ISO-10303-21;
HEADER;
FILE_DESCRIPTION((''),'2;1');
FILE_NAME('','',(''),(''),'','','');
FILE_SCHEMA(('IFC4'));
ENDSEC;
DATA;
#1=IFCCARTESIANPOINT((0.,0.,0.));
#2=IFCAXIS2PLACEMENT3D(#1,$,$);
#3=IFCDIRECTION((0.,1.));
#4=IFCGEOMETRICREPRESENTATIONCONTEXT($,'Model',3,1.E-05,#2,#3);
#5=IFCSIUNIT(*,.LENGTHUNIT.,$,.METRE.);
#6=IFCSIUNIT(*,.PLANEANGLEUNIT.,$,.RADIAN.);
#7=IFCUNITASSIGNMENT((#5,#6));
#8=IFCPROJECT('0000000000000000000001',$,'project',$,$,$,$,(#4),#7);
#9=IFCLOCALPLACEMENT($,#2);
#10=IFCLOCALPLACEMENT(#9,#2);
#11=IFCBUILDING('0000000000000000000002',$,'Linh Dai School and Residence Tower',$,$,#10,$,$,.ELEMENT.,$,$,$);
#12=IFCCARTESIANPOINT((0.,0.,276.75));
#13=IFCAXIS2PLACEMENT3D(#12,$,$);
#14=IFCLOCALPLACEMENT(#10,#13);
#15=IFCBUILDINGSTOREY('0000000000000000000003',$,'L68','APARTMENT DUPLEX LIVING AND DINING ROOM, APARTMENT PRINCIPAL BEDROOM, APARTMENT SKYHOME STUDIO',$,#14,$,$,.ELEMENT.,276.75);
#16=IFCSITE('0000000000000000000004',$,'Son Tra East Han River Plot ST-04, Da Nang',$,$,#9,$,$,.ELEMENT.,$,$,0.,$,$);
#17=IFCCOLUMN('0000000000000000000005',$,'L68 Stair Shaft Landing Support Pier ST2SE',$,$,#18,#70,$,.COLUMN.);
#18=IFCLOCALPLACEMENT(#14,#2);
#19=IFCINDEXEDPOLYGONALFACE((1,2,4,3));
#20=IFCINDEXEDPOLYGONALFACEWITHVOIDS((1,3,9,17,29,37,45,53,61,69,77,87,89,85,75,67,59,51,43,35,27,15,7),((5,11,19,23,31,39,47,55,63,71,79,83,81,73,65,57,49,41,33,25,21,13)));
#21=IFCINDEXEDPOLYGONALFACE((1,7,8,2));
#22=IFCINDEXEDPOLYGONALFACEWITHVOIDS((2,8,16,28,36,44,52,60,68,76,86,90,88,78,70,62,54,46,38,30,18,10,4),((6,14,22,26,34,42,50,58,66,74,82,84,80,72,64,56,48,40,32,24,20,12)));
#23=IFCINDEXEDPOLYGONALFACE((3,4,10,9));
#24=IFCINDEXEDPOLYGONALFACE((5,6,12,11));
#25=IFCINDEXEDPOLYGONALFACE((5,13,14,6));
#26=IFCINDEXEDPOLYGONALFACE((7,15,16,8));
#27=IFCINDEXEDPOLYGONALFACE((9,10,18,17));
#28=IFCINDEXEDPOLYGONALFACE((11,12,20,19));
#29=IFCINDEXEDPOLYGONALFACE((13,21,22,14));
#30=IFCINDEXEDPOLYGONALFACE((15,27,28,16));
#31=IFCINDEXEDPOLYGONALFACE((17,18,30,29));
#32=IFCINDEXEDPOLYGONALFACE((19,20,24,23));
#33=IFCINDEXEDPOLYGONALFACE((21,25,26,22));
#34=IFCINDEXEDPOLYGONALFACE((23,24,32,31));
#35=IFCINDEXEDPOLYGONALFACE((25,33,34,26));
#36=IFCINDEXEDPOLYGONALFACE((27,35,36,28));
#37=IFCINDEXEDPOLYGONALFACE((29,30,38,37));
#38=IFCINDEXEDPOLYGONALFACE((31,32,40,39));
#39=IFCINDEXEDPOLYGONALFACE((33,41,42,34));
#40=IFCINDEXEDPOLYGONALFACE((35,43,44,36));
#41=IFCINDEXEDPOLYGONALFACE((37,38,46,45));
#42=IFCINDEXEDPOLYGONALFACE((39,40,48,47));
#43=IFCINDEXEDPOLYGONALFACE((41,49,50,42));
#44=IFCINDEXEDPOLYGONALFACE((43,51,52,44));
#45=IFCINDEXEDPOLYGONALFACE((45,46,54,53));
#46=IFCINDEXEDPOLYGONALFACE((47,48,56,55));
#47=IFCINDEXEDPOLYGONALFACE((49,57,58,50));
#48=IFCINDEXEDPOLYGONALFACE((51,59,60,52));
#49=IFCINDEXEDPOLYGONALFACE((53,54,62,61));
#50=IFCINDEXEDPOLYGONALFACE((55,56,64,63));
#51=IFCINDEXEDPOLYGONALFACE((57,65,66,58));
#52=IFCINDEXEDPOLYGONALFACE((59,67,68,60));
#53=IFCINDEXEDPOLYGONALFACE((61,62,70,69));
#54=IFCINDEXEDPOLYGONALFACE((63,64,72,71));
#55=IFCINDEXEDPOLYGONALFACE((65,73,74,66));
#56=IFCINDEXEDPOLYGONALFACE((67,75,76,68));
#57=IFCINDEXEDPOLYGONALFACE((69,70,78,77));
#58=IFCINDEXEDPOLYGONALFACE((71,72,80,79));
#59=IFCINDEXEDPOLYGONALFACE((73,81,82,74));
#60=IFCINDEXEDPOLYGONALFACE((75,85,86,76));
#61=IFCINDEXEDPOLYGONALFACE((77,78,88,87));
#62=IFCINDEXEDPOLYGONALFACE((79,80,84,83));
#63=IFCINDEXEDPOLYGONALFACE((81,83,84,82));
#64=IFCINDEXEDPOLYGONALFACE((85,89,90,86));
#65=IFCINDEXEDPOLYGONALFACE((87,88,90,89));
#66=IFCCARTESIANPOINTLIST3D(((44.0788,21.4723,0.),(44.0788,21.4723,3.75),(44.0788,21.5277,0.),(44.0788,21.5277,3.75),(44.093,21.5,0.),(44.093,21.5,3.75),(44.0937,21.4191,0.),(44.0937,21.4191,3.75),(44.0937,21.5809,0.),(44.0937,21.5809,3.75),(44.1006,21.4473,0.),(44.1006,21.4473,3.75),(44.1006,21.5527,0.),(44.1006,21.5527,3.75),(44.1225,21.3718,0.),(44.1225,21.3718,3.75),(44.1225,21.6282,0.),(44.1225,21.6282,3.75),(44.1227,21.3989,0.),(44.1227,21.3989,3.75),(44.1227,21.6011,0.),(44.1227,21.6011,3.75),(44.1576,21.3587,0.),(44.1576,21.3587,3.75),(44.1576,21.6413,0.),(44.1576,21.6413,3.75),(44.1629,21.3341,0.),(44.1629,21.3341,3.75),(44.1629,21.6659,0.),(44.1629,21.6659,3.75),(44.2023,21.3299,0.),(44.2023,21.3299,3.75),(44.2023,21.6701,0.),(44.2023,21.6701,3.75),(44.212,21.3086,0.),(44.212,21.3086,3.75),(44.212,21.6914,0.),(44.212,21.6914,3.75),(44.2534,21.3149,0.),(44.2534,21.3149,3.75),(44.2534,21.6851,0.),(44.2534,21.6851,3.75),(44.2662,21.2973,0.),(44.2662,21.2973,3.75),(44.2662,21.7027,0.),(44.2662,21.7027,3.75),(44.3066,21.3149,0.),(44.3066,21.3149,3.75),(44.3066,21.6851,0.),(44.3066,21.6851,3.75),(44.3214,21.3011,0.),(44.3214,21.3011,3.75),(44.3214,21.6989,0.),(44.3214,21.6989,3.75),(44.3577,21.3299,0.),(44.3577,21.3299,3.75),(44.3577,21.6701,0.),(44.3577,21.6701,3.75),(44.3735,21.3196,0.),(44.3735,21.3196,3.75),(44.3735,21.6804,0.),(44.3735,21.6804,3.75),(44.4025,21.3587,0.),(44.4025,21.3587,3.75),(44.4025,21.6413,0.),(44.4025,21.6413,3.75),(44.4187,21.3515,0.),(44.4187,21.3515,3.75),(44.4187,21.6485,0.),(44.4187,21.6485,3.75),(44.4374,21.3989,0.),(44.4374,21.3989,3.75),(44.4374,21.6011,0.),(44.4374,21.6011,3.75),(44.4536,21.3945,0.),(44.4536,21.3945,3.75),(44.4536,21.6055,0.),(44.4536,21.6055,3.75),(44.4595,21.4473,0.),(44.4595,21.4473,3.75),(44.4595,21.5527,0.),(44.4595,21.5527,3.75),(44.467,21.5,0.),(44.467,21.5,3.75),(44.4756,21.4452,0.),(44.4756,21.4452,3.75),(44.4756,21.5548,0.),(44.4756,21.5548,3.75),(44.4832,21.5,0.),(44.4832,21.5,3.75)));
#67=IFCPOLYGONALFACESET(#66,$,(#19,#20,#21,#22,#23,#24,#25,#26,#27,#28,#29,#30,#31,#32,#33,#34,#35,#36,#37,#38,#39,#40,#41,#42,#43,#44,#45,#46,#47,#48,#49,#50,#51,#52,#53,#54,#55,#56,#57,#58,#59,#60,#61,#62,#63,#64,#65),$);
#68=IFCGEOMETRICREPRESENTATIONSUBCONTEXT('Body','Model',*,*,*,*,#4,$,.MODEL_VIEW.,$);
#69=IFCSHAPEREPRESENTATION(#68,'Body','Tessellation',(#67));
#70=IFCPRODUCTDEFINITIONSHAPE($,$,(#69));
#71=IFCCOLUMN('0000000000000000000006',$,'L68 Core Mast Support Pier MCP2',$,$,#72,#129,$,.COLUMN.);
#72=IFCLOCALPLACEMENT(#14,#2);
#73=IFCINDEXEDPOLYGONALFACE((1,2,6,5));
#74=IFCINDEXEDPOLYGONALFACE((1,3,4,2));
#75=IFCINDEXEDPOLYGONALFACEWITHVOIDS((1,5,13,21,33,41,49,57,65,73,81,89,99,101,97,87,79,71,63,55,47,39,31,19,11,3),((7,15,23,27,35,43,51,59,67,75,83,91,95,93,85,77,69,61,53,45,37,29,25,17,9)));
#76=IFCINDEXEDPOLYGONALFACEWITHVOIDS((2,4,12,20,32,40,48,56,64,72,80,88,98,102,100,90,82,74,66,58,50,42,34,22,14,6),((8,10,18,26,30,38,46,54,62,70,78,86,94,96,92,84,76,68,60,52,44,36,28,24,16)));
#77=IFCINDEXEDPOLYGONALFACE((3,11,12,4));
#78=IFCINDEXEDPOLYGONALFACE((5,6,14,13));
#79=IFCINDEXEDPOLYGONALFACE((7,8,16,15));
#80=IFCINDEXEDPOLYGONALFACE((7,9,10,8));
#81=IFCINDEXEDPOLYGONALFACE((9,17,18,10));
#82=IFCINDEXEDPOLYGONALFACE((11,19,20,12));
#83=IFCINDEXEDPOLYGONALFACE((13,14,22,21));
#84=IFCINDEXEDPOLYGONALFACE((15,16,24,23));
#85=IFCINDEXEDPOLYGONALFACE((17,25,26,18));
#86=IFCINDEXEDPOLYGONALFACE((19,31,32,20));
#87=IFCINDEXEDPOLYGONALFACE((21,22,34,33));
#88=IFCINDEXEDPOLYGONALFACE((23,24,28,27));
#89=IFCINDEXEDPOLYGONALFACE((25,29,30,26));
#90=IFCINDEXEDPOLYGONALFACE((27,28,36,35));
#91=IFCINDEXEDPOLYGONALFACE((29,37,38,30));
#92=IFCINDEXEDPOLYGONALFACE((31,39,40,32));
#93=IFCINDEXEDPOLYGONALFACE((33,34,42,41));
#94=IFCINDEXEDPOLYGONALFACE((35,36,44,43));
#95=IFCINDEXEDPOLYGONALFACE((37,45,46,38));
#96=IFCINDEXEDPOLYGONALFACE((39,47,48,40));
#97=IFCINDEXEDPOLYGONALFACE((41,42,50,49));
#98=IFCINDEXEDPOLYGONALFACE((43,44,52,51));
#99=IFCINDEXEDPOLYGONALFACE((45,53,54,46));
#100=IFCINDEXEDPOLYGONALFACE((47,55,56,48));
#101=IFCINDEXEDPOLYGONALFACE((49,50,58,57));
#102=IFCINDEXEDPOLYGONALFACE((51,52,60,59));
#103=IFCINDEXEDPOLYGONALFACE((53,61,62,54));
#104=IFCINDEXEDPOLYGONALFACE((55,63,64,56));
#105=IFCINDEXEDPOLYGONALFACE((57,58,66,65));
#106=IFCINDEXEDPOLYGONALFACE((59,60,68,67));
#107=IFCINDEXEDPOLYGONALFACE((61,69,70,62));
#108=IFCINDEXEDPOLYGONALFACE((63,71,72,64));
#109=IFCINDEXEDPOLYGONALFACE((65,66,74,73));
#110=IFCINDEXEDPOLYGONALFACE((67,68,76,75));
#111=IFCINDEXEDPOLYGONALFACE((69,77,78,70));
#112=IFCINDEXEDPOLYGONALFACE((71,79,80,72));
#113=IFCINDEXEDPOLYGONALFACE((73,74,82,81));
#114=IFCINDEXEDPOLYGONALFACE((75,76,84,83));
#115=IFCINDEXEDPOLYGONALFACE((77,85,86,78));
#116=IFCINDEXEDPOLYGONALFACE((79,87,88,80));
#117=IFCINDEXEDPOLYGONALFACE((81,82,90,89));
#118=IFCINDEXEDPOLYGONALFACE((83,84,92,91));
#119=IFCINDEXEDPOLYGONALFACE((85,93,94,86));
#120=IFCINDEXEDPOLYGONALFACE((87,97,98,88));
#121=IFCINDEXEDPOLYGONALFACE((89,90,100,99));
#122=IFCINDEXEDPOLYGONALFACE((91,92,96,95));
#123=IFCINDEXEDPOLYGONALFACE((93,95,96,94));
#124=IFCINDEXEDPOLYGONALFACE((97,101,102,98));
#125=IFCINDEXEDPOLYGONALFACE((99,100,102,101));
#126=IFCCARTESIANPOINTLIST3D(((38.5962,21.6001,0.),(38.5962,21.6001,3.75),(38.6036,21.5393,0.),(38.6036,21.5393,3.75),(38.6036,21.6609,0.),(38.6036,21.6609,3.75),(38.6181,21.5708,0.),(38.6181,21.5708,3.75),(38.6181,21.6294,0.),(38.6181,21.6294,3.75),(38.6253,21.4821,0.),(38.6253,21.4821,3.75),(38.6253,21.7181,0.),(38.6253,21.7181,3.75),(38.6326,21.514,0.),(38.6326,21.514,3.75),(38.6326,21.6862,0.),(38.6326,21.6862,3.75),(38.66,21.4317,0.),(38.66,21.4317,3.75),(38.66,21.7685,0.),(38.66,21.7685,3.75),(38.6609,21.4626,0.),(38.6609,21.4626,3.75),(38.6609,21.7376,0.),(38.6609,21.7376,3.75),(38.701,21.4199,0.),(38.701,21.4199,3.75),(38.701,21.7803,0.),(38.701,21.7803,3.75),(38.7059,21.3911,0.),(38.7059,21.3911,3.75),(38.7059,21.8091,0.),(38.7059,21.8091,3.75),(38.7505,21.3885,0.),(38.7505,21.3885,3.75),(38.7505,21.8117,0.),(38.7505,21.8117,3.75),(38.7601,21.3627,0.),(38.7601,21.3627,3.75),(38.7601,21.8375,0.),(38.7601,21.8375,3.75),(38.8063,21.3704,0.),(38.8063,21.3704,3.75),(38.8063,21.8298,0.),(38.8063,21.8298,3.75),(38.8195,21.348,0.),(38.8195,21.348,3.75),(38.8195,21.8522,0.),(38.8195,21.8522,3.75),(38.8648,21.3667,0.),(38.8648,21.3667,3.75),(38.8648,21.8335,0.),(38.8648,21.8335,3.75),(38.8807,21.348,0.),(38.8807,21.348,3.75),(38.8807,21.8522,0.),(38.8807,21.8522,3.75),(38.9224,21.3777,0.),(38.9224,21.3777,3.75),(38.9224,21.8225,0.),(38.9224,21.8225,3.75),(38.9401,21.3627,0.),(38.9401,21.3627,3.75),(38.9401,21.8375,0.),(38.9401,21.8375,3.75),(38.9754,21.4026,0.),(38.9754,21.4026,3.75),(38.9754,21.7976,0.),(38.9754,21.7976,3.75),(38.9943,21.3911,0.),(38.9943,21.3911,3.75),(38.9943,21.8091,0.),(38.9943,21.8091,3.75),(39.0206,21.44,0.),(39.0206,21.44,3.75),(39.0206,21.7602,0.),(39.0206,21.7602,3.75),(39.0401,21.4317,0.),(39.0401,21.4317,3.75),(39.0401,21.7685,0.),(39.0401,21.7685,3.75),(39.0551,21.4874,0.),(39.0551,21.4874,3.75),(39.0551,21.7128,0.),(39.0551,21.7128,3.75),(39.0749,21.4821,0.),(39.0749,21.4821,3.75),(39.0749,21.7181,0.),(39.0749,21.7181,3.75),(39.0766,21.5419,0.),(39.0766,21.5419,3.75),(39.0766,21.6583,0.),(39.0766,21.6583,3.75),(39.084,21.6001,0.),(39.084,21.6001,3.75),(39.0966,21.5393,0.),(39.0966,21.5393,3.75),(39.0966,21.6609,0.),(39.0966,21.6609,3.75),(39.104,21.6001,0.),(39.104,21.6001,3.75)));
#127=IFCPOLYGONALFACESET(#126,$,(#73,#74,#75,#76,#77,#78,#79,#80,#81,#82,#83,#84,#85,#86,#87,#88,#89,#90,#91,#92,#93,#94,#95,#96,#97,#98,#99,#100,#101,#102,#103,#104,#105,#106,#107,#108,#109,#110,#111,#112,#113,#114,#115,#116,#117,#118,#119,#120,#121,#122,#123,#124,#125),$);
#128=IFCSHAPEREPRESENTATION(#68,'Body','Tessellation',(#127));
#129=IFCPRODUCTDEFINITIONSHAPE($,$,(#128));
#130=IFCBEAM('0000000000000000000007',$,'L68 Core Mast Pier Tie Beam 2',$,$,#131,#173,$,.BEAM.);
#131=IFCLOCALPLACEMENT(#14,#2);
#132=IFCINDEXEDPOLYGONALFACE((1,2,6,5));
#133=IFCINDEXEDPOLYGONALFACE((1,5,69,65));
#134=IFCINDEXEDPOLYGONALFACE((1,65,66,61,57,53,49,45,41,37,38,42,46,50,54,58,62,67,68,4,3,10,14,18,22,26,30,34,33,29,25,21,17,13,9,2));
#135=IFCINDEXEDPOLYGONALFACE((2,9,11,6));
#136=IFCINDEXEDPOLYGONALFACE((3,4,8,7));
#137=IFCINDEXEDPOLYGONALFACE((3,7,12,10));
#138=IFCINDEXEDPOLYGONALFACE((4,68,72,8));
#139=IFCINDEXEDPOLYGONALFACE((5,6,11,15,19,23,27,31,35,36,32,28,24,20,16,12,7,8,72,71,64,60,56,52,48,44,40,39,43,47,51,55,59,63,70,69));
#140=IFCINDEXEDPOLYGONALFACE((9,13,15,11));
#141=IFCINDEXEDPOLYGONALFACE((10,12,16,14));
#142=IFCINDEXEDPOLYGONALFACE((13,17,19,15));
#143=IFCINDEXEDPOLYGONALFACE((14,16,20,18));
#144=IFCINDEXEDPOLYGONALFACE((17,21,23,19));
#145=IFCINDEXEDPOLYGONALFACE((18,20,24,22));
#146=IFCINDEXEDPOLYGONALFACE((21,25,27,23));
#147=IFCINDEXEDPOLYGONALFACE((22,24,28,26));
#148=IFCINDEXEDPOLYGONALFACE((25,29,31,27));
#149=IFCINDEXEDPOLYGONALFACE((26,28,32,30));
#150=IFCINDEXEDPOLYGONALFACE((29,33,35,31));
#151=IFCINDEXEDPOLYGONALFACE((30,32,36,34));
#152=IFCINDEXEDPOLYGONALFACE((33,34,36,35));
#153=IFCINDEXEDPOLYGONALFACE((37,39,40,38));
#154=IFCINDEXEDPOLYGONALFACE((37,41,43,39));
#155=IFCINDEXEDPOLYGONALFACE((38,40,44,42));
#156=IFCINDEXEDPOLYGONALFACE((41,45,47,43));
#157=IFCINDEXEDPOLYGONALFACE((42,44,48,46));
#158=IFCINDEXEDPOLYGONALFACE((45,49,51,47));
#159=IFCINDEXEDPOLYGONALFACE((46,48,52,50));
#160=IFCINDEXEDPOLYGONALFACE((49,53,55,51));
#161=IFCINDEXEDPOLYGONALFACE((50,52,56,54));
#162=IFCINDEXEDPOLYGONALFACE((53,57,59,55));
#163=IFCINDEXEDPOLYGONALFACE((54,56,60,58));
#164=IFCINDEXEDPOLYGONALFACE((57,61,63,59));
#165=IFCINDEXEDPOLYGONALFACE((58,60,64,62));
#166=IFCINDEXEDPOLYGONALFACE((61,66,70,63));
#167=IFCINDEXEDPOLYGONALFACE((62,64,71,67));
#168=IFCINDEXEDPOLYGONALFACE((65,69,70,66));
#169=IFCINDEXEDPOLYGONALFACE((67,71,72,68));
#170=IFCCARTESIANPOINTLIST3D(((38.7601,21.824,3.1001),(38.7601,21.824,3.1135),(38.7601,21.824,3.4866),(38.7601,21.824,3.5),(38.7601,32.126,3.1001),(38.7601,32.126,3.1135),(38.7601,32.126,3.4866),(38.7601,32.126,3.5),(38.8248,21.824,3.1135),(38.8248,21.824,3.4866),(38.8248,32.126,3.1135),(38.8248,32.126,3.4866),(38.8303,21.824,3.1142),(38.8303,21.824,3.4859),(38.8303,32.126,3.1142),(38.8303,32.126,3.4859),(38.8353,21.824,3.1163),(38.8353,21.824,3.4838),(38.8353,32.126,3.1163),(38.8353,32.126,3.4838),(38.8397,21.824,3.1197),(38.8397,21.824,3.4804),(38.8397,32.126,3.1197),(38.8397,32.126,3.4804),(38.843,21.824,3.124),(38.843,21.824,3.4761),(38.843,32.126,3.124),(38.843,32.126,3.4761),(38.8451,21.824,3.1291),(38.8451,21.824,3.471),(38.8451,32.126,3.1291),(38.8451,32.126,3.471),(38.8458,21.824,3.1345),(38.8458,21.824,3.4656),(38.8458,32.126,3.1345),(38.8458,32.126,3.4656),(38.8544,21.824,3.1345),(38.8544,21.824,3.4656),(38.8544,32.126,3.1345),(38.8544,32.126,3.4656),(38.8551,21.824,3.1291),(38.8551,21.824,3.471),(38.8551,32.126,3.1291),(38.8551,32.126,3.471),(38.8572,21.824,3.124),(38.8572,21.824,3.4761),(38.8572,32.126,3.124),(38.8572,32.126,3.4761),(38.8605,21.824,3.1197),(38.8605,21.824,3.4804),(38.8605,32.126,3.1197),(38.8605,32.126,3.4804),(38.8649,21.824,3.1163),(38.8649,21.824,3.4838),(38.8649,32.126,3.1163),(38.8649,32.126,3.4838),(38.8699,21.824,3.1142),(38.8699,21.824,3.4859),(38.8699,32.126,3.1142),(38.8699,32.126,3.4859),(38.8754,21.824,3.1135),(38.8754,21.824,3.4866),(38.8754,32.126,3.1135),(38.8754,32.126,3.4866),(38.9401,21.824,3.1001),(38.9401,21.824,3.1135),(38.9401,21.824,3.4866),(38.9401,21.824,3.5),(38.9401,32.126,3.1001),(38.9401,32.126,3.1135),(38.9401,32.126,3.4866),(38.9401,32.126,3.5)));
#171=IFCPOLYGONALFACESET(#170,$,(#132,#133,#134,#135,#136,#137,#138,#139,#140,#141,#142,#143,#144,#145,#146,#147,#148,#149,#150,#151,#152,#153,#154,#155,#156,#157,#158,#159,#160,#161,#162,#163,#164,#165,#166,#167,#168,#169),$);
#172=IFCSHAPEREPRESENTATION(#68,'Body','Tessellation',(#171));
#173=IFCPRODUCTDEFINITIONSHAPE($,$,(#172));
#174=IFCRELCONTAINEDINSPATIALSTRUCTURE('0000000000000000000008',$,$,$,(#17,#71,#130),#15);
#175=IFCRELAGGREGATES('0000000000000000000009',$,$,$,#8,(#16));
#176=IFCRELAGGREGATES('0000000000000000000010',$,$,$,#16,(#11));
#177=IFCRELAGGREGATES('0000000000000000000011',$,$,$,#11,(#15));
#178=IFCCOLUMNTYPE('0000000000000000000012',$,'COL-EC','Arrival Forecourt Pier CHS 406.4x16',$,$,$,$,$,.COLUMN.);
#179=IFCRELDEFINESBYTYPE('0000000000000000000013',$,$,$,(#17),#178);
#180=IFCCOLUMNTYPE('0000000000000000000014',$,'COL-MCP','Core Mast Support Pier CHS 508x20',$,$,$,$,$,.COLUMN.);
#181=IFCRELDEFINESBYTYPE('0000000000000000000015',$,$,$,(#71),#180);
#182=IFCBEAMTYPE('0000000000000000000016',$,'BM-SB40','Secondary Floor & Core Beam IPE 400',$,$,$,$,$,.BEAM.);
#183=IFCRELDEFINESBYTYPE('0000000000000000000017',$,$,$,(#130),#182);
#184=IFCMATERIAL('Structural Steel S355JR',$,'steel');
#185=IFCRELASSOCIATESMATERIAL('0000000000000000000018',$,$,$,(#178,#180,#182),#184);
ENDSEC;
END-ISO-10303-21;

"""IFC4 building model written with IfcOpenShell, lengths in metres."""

from ifc_helpers import new_model, si_unit, direction, frame, origin, origin_2d, place, context, subcontext, project, spatial, hollow_circle, i_section, extrude, material, material_profile, profile_set, type_object, element, save


model = new_model("IFC4")

# Units and contexts
model_context = context("Model", 3, precision=1e-05, world=origin(), true_north=direction((0.0, 1.0)))
body_context = subcontext(model_context, "Body", "Model", "MODEL_VIEW")
ifc_project = project(units=[si_unit("LENGTHUNIT", "METRE"), si_unit("PLANEANGLEUNIT", "RADIAN")], contexts=[model_context])

# Site, building, storey
site_placement = place(None, origin())
site = spatial("IfcSite", under=ifc_project, at=site_placement, Name="Son Tra East Han River Plot ST-04, Da Nang", CompositionType="ELEMENT", RefElevation=0.0)
building_placement = place(site_placement, origin())
building = spatial("IfcBuilding", under=site, at=building_placement, Name="Linh Dai School and Residence Tower", CompositionType="ELEMENT")
storey_placement = place(building_placement, frame((0.0, 0.0, 276.75)))
storey = spatial("IfcBuildingStorey", under=building, at=storey_placement, Name="L68", Description="APARTMENT DUPLEX LIVING AND DINING ROOM, APARTMENT PRINCIPAL BEDROOM, APARTMENT SKYHOME STUDIO", CompositionType="ELEMENT", Elevation=276.75)

# Columns
ifc_material_1 = material(Name="Structural Steel S355JR", Category="steel")
ifc_material_profile_1 = material_profile(ifc_material_1, hollow_circle(Radius=0.2031, WallThickness=0.0161, at=origin_2d()), Name="CHS 406.4x16")
ifc_profile_set_1 = profile_set([ifc_material_profile_1], Name="Structural Steel S355JR")
column_type_1 = type_object("IfcColumnType", Name="COL-EC", Description="Arrival Forecourt Pier CHS 406.4x16", PredefinedType="COLUMN", material=ifc_profile_set_1)
column_1_placement = place(storey_placement, frame((44.28, 21.5, 0.0), z_axis=(0.0, 0.0, 1.0), x_axis=(1.0, 0.0, 0.0)))
element("IfcColumn", 1, at=column_1_placement, inside=storey, type_object=column_type_1, Name="L68 Stair Shaft Landing Support Pier ST2SE", PredefinedType="COLUMN", context=body_context, shape_type="SweptSolid", body=[
    extrude(hollow_circle(Radius=0.2031, WallThickness=0.0161, at=origin_2d()), origin(), (0.0, 0.0, 1.0), 3.75),
])
ifc_material_profile_2 = material_profile(ifc_material_1, hollow_circle(Radius=0.2539, WallThickness=0.02, at=origin_2d()), Name="CHS 508x20")
ifc_profile_set_2 = profile_set([ifc_material_profile_2], Name="Structural Steel S355JR")
column_type_2 = type_object("IfcColumnType", Name="COL-MCP", Description="Core Mast Support Pier CHS 508x20", PredefinedType="COLUMN", material=ifc_profile_set_2)
column_2_placement = place(storey_placement, frame((38.8501, 21.6001, 0.0), z_axis=(0.0, 0.0, 1.0), x_axis=(1.0, 0.0, 0.0)))
element("IfcColumn", 2, at=column_2_placement, inside=storey, type_object=column_type_2, Name="L68 Core Mast Support Pier MCP2", PredefinedType="COLUMN", context=body_context, shape_type="SweptSolid", body=[
    extrude(hollow_circle(Radius=0.2539, WallThickness=0.02, at=origin_2d()), origin(), (0.0, 0.0, 1.0), 3.75),
])

# Beam
ifc_material_profile_3 = material_profile(ifc_material_1, i_section(OverallWidth=0.1799, OverallDepth=0.3999, WebThickness=0.0085, FlangeThickness=0.0134, FilletRadius=0.021, at=origin_2d()), Name="IPE 400")
ifc_profile_set_3 = profile_set([ifc_material_profile_3], Name="Structural Steel S355JR")
beam_type = type_object("IfcBeamType", Name="BM-SB40", Description="Secondary Floor & Core Beam IPE 400", PredefinedType="BEAM", material=ifc_profile_set_3)
beam_placement = place(storey_placement, frame((38.8501, 21.824, 3.3), z_axis=(0.0, 1.0, 0.0), x_axis=(-1.0, 0.0, 0.0)))
element("IfcBeam", 3, at=beam_placement, inside=storey, type_object=beam_type, Name="L68 Core Mast Pier Tie Beam 2", PredefinedType="BEAM", context=body_context, shape_type="SweptSolid", body=[
    extrude(i_section(OverallWidth=0.1799, OverallDepth=0.3999, WebThickness=0.0085, FlangeThickness=0.0134, FilletRadius=0.021, at=origin_2d()), origin(), (0.0, 0.0, 1.0), 10.302),
])

save(model, "model.ifc")
